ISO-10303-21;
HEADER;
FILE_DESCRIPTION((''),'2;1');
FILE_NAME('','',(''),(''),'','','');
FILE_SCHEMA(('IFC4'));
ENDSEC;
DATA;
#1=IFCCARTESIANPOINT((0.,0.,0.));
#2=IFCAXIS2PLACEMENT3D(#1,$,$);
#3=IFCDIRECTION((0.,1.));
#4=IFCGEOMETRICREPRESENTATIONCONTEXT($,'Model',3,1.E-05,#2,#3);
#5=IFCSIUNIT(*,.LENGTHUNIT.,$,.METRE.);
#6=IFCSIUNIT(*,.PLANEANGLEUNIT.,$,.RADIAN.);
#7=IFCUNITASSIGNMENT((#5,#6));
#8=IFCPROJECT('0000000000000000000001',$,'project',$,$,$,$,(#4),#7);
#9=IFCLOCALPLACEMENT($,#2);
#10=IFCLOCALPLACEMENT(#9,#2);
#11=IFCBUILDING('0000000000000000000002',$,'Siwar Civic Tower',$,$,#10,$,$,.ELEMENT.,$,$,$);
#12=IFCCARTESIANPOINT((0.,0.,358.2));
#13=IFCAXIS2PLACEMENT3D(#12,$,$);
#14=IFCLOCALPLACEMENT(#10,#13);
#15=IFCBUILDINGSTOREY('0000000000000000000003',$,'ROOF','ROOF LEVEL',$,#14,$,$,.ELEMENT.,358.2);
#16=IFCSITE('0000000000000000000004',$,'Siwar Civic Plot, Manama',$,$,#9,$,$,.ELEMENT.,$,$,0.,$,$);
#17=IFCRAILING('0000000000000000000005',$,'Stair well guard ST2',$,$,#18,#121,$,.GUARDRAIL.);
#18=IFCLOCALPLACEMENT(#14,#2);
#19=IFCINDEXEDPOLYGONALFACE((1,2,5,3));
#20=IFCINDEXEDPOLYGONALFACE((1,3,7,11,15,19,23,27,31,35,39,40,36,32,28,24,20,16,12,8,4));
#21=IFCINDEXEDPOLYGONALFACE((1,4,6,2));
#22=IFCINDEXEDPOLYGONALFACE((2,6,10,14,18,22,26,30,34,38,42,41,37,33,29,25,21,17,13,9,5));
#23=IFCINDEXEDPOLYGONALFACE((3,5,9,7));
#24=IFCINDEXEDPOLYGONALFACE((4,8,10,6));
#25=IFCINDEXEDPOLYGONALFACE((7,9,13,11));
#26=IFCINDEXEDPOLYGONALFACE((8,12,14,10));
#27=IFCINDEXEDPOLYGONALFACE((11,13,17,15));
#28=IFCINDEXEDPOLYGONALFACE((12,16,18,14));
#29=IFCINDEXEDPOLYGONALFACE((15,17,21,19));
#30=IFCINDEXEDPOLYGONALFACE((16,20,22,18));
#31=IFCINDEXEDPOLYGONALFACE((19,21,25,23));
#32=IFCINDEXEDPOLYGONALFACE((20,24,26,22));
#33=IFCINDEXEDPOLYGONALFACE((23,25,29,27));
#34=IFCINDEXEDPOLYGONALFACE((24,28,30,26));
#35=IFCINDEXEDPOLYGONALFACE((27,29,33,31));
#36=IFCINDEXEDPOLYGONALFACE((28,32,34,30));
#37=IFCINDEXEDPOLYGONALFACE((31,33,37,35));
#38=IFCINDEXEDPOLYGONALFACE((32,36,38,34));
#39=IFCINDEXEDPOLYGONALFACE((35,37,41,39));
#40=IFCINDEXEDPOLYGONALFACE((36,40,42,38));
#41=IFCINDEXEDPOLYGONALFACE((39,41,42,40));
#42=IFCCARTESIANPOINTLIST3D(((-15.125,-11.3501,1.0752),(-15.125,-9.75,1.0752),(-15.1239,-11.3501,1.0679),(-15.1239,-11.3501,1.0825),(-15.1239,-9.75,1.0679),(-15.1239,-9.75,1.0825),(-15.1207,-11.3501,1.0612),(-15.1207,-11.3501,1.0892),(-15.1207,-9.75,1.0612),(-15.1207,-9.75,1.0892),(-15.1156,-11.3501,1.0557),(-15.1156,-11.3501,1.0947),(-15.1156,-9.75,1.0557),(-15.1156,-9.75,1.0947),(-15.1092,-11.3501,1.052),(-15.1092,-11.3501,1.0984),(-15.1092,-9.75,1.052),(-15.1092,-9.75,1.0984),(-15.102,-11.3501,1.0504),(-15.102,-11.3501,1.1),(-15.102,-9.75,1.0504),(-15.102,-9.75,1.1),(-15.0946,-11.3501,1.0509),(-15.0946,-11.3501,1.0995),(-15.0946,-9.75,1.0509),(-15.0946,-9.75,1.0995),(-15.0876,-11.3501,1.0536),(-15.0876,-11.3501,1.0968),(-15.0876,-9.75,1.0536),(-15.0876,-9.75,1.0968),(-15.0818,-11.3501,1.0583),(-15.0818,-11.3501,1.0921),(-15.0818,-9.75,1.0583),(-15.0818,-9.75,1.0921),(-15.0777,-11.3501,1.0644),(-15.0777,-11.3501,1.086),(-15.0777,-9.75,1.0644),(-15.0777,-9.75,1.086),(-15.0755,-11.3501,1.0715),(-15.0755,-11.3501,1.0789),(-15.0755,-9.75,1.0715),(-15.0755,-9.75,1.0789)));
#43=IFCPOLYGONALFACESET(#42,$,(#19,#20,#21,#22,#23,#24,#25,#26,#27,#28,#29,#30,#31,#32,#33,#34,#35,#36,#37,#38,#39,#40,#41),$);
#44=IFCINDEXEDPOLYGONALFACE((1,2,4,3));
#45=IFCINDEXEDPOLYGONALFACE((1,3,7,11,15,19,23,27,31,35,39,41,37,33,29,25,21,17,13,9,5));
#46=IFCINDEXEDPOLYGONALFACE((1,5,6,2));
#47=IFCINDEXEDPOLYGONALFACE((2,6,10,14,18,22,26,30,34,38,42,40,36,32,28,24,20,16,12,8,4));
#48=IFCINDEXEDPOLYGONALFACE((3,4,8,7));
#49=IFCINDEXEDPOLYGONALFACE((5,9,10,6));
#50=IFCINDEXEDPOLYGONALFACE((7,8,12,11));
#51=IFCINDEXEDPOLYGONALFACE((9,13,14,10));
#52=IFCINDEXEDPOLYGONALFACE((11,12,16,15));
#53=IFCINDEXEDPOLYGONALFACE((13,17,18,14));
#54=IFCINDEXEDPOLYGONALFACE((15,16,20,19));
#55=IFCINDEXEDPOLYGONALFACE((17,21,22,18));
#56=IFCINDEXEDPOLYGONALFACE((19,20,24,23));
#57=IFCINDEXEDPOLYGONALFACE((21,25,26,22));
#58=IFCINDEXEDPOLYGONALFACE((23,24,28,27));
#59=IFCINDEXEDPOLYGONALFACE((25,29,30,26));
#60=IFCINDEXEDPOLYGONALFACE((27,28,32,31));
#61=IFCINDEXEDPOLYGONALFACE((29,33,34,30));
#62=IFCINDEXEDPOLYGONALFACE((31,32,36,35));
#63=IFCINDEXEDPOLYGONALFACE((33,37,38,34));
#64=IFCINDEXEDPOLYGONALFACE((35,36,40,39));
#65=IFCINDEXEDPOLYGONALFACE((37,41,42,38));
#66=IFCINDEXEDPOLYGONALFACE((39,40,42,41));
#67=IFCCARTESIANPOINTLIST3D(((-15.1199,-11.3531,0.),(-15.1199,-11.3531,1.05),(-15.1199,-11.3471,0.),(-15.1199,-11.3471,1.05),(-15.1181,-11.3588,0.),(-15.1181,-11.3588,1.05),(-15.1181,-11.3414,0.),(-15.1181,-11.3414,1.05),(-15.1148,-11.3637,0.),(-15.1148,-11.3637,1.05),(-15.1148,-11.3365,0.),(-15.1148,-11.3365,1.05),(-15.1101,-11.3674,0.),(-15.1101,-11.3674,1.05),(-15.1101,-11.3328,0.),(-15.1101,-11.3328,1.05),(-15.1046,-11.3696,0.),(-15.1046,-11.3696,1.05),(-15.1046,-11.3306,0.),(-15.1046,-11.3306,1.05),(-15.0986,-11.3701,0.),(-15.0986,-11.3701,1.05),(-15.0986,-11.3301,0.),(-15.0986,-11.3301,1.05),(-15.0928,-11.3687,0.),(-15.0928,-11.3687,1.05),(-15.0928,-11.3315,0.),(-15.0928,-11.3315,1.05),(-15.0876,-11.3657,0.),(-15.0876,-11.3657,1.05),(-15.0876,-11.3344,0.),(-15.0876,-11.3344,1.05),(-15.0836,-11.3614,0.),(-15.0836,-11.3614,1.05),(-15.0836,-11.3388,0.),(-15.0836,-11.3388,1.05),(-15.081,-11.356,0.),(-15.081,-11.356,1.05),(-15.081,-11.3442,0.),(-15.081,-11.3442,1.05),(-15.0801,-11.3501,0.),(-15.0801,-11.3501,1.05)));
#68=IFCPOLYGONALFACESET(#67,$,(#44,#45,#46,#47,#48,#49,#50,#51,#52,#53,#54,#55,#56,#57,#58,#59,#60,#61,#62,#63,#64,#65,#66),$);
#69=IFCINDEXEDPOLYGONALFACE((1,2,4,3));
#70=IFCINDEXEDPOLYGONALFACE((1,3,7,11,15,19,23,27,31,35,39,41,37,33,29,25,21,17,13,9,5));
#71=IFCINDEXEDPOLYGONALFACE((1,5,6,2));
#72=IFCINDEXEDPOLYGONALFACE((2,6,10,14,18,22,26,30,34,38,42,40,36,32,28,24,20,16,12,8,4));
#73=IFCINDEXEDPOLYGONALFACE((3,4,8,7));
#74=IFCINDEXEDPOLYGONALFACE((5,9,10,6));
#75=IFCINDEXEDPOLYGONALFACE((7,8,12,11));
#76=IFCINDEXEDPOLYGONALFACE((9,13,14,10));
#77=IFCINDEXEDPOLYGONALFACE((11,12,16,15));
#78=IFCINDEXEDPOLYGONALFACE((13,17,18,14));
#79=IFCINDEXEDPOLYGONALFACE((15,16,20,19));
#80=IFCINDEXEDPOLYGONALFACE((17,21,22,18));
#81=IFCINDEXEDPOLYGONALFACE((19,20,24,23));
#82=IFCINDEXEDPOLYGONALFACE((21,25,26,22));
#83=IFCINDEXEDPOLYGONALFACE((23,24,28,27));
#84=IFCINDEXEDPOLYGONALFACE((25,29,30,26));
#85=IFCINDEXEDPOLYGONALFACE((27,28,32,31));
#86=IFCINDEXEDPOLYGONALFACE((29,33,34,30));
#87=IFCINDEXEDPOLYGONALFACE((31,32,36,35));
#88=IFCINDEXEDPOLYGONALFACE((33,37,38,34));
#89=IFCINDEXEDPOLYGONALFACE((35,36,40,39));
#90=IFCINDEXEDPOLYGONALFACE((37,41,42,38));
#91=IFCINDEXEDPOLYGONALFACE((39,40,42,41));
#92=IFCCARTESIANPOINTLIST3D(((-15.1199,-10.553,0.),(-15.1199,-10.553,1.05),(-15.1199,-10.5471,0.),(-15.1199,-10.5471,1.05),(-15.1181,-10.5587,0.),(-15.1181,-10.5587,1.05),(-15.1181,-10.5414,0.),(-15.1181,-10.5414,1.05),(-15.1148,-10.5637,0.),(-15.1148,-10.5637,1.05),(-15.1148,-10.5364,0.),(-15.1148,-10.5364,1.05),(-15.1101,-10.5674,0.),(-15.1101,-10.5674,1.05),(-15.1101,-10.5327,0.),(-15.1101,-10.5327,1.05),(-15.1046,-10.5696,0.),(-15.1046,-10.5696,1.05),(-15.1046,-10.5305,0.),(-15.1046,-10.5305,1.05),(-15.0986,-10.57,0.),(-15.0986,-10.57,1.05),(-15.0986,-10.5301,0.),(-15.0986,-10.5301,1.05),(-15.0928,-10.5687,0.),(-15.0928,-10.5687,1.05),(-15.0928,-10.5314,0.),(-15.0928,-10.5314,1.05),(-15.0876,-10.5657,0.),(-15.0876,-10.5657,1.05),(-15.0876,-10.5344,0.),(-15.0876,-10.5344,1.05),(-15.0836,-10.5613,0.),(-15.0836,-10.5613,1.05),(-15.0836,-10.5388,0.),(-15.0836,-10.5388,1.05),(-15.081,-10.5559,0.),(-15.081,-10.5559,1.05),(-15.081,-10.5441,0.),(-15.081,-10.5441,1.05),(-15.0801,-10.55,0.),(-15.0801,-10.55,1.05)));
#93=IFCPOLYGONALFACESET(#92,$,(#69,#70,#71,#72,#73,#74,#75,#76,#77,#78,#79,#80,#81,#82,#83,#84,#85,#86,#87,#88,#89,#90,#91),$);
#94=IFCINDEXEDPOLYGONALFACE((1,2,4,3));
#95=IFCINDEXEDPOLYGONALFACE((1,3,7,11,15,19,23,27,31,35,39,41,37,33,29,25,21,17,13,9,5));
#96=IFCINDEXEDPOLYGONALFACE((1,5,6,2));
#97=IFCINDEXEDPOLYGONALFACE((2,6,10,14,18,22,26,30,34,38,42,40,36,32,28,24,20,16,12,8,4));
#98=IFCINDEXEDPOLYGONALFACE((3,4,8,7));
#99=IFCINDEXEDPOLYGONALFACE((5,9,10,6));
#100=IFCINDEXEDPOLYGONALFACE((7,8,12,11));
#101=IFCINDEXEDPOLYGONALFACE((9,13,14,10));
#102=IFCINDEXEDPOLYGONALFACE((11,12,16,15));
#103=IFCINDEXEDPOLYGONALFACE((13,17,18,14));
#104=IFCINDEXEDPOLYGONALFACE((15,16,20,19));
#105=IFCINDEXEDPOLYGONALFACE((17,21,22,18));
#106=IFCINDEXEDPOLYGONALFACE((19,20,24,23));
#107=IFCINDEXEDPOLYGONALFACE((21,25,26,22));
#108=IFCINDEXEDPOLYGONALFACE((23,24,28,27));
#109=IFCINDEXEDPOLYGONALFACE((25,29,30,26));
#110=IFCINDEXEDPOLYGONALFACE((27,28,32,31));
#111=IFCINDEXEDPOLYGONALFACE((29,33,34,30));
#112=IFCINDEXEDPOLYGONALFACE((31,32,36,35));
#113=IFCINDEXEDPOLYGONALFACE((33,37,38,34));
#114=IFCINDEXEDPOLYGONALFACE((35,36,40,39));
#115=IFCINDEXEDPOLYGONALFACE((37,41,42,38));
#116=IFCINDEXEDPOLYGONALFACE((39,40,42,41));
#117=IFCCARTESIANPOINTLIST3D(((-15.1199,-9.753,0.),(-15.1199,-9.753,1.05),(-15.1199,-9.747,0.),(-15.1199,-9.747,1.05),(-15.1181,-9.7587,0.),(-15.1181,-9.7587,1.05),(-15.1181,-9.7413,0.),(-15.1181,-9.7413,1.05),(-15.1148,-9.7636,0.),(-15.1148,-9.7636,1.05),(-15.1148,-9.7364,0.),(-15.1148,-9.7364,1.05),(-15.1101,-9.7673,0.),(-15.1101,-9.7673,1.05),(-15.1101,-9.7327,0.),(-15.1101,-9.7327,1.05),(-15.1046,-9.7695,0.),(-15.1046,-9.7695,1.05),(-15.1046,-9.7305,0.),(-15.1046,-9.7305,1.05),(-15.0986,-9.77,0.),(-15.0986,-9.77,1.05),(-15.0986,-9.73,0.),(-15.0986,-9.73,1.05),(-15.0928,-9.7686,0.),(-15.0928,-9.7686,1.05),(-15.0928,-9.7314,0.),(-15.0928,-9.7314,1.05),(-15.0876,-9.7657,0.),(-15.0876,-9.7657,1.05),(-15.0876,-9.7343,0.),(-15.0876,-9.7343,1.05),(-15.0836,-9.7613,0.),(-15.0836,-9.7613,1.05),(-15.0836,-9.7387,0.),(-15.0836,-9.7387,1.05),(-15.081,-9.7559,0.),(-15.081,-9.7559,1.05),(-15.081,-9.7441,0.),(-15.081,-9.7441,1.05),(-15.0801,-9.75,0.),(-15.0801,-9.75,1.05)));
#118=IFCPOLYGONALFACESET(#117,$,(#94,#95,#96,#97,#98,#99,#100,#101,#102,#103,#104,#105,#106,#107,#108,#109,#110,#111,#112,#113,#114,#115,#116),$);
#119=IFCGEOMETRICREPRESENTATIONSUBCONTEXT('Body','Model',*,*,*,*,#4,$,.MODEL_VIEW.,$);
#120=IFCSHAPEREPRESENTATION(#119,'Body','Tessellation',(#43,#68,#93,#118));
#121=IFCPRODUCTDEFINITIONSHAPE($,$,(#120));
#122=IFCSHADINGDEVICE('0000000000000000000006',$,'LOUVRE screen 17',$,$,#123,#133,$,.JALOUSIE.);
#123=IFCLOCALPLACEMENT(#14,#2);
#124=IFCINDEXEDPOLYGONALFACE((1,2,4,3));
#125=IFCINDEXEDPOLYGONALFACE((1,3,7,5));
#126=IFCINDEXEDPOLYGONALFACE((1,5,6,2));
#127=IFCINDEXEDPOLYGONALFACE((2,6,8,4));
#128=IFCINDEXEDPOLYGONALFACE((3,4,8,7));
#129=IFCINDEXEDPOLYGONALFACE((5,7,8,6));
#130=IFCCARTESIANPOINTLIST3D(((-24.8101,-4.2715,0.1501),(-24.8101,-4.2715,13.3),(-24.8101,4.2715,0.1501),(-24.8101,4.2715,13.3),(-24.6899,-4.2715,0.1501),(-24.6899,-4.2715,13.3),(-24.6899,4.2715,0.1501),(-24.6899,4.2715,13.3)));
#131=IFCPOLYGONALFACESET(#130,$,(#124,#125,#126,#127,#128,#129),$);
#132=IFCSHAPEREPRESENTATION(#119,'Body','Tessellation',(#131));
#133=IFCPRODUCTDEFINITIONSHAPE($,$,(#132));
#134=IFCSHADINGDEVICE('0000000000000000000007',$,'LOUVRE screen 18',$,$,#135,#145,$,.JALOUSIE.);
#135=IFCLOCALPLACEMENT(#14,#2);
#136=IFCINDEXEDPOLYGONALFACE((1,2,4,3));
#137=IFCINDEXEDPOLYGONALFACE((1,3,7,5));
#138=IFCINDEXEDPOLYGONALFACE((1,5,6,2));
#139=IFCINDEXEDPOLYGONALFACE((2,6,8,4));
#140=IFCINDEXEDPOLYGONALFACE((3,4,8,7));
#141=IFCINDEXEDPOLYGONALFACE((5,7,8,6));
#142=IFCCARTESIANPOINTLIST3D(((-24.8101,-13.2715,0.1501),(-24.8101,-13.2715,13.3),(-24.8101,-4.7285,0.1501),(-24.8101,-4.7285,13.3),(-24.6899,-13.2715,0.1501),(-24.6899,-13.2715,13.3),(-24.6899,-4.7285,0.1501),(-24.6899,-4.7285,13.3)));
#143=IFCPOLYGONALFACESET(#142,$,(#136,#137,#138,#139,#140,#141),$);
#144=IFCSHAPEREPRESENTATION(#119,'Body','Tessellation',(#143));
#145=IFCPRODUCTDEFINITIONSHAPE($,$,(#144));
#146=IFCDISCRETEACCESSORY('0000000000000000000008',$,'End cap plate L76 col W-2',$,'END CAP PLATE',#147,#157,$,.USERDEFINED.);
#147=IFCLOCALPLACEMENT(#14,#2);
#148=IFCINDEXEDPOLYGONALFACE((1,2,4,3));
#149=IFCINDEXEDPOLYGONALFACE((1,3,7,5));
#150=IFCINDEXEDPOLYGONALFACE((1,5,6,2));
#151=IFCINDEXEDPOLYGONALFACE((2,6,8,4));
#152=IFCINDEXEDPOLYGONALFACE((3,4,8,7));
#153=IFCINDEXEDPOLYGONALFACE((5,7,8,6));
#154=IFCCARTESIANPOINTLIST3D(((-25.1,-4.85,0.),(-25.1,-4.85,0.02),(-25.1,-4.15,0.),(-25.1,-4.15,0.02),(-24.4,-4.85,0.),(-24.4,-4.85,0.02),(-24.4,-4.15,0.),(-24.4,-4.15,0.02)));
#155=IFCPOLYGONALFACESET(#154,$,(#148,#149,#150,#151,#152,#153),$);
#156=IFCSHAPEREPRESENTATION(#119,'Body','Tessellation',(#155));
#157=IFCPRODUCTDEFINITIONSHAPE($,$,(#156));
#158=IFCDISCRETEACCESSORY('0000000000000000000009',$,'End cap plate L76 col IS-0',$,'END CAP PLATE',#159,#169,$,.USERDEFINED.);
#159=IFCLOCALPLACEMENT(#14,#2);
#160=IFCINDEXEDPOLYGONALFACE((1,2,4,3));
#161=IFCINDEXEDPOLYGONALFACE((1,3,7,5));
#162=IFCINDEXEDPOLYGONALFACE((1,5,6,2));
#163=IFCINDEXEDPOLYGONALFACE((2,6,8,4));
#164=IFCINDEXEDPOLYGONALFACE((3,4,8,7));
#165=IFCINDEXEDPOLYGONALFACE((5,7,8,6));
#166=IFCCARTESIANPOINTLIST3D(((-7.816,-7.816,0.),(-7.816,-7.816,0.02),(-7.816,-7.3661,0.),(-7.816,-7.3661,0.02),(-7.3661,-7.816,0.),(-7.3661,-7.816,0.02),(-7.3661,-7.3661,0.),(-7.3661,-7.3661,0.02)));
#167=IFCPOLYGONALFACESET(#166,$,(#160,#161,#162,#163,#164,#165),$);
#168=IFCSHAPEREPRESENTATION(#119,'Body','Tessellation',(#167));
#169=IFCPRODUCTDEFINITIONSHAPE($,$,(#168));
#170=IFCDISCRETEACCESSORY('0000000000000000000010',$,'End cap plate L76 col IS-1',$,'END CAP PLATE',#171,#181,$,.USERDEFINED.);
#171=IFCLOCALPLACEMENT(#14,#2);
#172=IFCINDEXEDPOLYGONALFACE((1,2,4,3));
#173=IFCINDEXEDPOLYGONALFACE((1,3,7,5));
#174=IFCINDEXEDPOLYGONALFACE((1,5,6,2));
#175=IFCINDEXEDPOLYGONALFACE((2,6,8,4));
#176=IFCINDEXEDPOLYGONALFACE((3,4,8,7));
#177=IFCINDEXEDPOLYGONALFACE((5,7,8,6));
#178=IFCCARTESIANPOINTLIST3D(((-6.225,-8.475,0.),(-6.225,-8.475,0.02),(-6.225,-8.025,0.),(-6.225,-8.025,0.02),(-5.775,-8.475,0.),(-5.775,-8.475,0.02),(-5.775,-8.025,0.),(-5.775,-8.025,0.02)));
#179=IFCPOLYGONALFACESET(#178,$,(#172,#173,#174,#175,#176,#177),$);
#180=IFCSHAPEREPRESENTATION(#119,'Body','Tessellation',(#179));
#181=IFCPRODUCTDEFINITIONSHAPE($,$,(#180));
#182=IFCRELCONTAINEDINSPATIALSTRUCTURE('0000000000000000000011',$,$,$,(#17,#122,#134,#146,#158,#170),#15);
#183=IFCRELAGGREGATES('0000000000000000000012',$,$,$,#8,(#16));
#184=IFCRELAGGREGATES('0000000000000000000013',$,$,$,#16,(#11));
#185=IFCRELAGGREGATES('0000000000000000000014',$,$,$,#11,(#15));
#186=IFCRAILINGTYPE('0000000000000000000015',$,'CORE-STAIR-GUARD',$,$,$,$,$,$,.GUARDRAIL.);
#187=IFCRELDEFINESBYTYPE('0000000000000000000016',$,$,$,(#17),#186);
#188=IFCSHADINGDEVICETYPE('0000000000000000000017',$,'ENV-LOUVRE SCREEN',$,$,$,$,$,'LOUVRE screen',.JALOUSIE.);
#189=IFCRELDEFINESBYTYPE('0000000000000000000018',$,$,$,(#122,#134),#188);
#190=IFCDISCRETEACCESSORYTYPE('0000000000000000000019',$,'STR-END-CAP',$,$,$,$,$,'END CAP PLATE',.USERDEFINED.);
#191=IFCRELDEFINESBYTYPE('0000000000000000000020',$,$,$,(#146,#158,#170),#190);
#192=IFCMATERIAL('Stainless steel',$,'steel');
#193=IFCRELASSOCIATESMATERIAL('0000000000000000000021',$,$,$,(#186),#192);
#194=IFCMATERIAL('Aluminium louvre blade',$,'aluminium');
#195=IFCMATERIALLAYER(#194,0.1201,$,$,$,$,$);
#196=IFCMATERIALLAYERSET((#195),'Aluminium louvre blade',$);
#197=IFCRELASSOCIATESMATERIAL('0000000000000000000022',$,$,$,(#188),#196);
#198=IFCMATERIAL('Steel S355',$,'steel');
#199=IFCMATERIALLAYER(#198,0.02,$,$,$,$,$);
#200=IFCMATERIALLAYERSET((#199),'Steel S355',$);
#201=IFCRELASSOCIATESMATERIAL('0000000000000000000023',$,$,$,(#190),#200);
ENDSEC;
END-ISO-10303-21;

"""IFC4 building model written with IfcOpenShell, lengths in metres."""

from ifc_helpers import new_model, si_unit, direction, frame, origin, origin_2d, place, context, subcontext, project, spatial, rectangle, circle, extrude, material, layer, layer_set, type_object, element, save


model = new_model("IFC4")

# Units and contexts
model_context = context("Model", 3, precision=1e-05, world=origin(), true_north=direction((0.0, 1.0)))
body_context = subcontext(model_context, "Body", "Model", "MODEL_VIEW")
ifc_project = project(units=[si_unit("LENGTHUNIT", "METRE"), si_unit("PLANEANGLEUNIT", "RADIAN")], contexts=[model_context])

# Site, building, storey
site_placement = place(None, origin())
site = spatial("IfcSite", under=ifc_project, at=site_placement, Name="Siwar Civic Plot, Manama", CompositionType="ELEMENT", RefElevation=0.0)
building_placement = place(site_placement, origin())
building = spatial("IfcBuilding", under=site, at=building_placement, Name="Siwar Civic Tower", CompositionType="ELEMENT")
storey_placement = place(building_placement, frame((0.0, 0.0, 358.2)))
storey = spatial("IfcBuildingStorey", under=building, at=storey_placement, Name="ROOF", Description="ROOF LEVEL", CompositionType="ELEMENT", Elevation=358.2)

# Railing
ifc_material_1 = material(Name="Stainless steel", Category="steel")
railing_type_1 = type_object("IfcRailingType", Name="CORE-STAIR-GUARD", PredefinedType="GUARDRAIL", material=ifc_material_1)
railing_1_placement = place(storey_placement, frame((-15.1001, -11.3501, 0.0)))
element("IfcRailing", 1, at=railing_1_placement, inside=storey, type_object=railing_type_1, Name="Stair well guard ST2", PredefinedType="GUARDRAIL", context=body_context, shape_type="SweptSolid", body=[
    extrude(circle(Radius=0.0249, at=origin_2d()), frame((0.0, 0.0, 1.0752), z_axis=(0.0, 1.0, 0.0), x_axis=(-1.0, 0.0, 0.0)), (0.0, 0.0, 1.0), 1.6001),
    extrude(circle(Radius=0.02, at=origin_2d()), origin(), (0.0, 0.0, 1.0), 1.05),
    extrude(circle(Radius=0.02, at=origin_2d()), frame((0.0, 0.8, 0.0)), (0.0, 0.0, 1.0), 1.05),
    extrude(circle(Radius=0.02, at=origin_2d()), frame((0.0, 1.6001, 0.0)), (0.0, 0.0, 1.0), 1.05),
])

# Shading devices
ifc_material_2 = material(Name="Aluminium louvre blade", Category="aluminium")
ifc_layer_1 = layer(ifc_material_2, 0.1201)
ifc_layer_set_1 = layer_set([ifc_layer_1], Name="Aluminium louvre blade")
shading_device_type = type_object("IfcShadingDeviceType", Name="ENV-LOUVRE SCREEN", ElementType="LOUVRE screen", PredefinedType="JALOUSIE", material=ifc_layer_set_1)
for number, where, z_axis, x_axis, name in (
    (2, (-24.75, 0.0, 0.1501), (0.0, 0.0, 1.0), (0.0, -1.0, 0.0), "LOUVRE screen 17"),
    (3, (-24.75, -9.0, 0.1501), (0.0, 0.0, 1.0), (0.0, -1.0, 0.0), "LOUVRE screen 18"),
):
    element("IfcShadingDevice", number, at=place(storey_placement, frame(where, z_axis=z_axis, x_axis=x_axis)), inside=storey, type_object=shading_device_type, Name=name, PredefinedType="JALOUSIE", context=body_context, shape_type="SweptSolid", body=[
        extrude(rectangle(XDim=8.543, YDim=0.1201, at=origin_2d()), origin(), (0.0, 0.0, 1.0), 13.1499),
    ])

# Discrete accessories
ifc_material_3 = material(Name="Steel S355", Category="steel")
ifc_layer_2 = layer(ifc_material_3, 0.02)
ifc_layer_set_2 = layer_set([ifc_layer_2], Name="Steel S355")
discrete_accessory_type = type_object("IfcDiscreteAccessoryType", Name="STR-END-CAP", ElementType="END CAP PLATE", PredefinedType="USERDEFINED", material=ifc_layer_set_2)
discrete_accessory_placement = place(storey_placement, frame((-24.75, -4.5, 0.0), z_axis=(0.0, 0.0, 1.0), x_axis=(1.0, 0.0, 0.0)))
element("IfcDiscreteAccessory", 4, at=discrete_accessory_placement, inside=storey, type_object=discrete_accessory_type, Name="End cap plate L76 col W-2", ObjectType="END CAP PLATE", PredefinedType="USERDEFINED", context=body_context, shape_type="SweptSolid", body=[
    extrude(rectangle(XDim=0.7, YDim=0.7, at=origin_2d()), origin(), (0.0, 0.0, 1.0), 0.02),
])
for number, where, z_axis, x_axis, name in (
    (5, (-7.5911, -7.5911, 0.0), (0.0, 0.0, 1.0), (1.0, 0.0, 0.0), "End cap plate L76 col IS-0"),
    (6, (-6.0, -8.25, 0.0), (0.0, 0.0, 1.0), (1.0, 0.0, 0.0), "End cap plate L76 col IS-1"),
):
    element("IfcDiscreteAccessory", number, at=place(storey_placement, frame(where, z_axis=z_axis, x_axis=x_axis)), inside=storey, type_object=discrete_accessory_type, Name=name, ObjectType="END CAP PLATE", PredefinedType="USERDEFINED", context=body_context, shape_type="SweptSolid", body=[
        extrude(rectangle(XDim=0.45, YDim=0.45, at=origin_2d()), origin(), (0.0, 0.0, 1.0), 0.02),
    ])

save(model, "model.ifc")
